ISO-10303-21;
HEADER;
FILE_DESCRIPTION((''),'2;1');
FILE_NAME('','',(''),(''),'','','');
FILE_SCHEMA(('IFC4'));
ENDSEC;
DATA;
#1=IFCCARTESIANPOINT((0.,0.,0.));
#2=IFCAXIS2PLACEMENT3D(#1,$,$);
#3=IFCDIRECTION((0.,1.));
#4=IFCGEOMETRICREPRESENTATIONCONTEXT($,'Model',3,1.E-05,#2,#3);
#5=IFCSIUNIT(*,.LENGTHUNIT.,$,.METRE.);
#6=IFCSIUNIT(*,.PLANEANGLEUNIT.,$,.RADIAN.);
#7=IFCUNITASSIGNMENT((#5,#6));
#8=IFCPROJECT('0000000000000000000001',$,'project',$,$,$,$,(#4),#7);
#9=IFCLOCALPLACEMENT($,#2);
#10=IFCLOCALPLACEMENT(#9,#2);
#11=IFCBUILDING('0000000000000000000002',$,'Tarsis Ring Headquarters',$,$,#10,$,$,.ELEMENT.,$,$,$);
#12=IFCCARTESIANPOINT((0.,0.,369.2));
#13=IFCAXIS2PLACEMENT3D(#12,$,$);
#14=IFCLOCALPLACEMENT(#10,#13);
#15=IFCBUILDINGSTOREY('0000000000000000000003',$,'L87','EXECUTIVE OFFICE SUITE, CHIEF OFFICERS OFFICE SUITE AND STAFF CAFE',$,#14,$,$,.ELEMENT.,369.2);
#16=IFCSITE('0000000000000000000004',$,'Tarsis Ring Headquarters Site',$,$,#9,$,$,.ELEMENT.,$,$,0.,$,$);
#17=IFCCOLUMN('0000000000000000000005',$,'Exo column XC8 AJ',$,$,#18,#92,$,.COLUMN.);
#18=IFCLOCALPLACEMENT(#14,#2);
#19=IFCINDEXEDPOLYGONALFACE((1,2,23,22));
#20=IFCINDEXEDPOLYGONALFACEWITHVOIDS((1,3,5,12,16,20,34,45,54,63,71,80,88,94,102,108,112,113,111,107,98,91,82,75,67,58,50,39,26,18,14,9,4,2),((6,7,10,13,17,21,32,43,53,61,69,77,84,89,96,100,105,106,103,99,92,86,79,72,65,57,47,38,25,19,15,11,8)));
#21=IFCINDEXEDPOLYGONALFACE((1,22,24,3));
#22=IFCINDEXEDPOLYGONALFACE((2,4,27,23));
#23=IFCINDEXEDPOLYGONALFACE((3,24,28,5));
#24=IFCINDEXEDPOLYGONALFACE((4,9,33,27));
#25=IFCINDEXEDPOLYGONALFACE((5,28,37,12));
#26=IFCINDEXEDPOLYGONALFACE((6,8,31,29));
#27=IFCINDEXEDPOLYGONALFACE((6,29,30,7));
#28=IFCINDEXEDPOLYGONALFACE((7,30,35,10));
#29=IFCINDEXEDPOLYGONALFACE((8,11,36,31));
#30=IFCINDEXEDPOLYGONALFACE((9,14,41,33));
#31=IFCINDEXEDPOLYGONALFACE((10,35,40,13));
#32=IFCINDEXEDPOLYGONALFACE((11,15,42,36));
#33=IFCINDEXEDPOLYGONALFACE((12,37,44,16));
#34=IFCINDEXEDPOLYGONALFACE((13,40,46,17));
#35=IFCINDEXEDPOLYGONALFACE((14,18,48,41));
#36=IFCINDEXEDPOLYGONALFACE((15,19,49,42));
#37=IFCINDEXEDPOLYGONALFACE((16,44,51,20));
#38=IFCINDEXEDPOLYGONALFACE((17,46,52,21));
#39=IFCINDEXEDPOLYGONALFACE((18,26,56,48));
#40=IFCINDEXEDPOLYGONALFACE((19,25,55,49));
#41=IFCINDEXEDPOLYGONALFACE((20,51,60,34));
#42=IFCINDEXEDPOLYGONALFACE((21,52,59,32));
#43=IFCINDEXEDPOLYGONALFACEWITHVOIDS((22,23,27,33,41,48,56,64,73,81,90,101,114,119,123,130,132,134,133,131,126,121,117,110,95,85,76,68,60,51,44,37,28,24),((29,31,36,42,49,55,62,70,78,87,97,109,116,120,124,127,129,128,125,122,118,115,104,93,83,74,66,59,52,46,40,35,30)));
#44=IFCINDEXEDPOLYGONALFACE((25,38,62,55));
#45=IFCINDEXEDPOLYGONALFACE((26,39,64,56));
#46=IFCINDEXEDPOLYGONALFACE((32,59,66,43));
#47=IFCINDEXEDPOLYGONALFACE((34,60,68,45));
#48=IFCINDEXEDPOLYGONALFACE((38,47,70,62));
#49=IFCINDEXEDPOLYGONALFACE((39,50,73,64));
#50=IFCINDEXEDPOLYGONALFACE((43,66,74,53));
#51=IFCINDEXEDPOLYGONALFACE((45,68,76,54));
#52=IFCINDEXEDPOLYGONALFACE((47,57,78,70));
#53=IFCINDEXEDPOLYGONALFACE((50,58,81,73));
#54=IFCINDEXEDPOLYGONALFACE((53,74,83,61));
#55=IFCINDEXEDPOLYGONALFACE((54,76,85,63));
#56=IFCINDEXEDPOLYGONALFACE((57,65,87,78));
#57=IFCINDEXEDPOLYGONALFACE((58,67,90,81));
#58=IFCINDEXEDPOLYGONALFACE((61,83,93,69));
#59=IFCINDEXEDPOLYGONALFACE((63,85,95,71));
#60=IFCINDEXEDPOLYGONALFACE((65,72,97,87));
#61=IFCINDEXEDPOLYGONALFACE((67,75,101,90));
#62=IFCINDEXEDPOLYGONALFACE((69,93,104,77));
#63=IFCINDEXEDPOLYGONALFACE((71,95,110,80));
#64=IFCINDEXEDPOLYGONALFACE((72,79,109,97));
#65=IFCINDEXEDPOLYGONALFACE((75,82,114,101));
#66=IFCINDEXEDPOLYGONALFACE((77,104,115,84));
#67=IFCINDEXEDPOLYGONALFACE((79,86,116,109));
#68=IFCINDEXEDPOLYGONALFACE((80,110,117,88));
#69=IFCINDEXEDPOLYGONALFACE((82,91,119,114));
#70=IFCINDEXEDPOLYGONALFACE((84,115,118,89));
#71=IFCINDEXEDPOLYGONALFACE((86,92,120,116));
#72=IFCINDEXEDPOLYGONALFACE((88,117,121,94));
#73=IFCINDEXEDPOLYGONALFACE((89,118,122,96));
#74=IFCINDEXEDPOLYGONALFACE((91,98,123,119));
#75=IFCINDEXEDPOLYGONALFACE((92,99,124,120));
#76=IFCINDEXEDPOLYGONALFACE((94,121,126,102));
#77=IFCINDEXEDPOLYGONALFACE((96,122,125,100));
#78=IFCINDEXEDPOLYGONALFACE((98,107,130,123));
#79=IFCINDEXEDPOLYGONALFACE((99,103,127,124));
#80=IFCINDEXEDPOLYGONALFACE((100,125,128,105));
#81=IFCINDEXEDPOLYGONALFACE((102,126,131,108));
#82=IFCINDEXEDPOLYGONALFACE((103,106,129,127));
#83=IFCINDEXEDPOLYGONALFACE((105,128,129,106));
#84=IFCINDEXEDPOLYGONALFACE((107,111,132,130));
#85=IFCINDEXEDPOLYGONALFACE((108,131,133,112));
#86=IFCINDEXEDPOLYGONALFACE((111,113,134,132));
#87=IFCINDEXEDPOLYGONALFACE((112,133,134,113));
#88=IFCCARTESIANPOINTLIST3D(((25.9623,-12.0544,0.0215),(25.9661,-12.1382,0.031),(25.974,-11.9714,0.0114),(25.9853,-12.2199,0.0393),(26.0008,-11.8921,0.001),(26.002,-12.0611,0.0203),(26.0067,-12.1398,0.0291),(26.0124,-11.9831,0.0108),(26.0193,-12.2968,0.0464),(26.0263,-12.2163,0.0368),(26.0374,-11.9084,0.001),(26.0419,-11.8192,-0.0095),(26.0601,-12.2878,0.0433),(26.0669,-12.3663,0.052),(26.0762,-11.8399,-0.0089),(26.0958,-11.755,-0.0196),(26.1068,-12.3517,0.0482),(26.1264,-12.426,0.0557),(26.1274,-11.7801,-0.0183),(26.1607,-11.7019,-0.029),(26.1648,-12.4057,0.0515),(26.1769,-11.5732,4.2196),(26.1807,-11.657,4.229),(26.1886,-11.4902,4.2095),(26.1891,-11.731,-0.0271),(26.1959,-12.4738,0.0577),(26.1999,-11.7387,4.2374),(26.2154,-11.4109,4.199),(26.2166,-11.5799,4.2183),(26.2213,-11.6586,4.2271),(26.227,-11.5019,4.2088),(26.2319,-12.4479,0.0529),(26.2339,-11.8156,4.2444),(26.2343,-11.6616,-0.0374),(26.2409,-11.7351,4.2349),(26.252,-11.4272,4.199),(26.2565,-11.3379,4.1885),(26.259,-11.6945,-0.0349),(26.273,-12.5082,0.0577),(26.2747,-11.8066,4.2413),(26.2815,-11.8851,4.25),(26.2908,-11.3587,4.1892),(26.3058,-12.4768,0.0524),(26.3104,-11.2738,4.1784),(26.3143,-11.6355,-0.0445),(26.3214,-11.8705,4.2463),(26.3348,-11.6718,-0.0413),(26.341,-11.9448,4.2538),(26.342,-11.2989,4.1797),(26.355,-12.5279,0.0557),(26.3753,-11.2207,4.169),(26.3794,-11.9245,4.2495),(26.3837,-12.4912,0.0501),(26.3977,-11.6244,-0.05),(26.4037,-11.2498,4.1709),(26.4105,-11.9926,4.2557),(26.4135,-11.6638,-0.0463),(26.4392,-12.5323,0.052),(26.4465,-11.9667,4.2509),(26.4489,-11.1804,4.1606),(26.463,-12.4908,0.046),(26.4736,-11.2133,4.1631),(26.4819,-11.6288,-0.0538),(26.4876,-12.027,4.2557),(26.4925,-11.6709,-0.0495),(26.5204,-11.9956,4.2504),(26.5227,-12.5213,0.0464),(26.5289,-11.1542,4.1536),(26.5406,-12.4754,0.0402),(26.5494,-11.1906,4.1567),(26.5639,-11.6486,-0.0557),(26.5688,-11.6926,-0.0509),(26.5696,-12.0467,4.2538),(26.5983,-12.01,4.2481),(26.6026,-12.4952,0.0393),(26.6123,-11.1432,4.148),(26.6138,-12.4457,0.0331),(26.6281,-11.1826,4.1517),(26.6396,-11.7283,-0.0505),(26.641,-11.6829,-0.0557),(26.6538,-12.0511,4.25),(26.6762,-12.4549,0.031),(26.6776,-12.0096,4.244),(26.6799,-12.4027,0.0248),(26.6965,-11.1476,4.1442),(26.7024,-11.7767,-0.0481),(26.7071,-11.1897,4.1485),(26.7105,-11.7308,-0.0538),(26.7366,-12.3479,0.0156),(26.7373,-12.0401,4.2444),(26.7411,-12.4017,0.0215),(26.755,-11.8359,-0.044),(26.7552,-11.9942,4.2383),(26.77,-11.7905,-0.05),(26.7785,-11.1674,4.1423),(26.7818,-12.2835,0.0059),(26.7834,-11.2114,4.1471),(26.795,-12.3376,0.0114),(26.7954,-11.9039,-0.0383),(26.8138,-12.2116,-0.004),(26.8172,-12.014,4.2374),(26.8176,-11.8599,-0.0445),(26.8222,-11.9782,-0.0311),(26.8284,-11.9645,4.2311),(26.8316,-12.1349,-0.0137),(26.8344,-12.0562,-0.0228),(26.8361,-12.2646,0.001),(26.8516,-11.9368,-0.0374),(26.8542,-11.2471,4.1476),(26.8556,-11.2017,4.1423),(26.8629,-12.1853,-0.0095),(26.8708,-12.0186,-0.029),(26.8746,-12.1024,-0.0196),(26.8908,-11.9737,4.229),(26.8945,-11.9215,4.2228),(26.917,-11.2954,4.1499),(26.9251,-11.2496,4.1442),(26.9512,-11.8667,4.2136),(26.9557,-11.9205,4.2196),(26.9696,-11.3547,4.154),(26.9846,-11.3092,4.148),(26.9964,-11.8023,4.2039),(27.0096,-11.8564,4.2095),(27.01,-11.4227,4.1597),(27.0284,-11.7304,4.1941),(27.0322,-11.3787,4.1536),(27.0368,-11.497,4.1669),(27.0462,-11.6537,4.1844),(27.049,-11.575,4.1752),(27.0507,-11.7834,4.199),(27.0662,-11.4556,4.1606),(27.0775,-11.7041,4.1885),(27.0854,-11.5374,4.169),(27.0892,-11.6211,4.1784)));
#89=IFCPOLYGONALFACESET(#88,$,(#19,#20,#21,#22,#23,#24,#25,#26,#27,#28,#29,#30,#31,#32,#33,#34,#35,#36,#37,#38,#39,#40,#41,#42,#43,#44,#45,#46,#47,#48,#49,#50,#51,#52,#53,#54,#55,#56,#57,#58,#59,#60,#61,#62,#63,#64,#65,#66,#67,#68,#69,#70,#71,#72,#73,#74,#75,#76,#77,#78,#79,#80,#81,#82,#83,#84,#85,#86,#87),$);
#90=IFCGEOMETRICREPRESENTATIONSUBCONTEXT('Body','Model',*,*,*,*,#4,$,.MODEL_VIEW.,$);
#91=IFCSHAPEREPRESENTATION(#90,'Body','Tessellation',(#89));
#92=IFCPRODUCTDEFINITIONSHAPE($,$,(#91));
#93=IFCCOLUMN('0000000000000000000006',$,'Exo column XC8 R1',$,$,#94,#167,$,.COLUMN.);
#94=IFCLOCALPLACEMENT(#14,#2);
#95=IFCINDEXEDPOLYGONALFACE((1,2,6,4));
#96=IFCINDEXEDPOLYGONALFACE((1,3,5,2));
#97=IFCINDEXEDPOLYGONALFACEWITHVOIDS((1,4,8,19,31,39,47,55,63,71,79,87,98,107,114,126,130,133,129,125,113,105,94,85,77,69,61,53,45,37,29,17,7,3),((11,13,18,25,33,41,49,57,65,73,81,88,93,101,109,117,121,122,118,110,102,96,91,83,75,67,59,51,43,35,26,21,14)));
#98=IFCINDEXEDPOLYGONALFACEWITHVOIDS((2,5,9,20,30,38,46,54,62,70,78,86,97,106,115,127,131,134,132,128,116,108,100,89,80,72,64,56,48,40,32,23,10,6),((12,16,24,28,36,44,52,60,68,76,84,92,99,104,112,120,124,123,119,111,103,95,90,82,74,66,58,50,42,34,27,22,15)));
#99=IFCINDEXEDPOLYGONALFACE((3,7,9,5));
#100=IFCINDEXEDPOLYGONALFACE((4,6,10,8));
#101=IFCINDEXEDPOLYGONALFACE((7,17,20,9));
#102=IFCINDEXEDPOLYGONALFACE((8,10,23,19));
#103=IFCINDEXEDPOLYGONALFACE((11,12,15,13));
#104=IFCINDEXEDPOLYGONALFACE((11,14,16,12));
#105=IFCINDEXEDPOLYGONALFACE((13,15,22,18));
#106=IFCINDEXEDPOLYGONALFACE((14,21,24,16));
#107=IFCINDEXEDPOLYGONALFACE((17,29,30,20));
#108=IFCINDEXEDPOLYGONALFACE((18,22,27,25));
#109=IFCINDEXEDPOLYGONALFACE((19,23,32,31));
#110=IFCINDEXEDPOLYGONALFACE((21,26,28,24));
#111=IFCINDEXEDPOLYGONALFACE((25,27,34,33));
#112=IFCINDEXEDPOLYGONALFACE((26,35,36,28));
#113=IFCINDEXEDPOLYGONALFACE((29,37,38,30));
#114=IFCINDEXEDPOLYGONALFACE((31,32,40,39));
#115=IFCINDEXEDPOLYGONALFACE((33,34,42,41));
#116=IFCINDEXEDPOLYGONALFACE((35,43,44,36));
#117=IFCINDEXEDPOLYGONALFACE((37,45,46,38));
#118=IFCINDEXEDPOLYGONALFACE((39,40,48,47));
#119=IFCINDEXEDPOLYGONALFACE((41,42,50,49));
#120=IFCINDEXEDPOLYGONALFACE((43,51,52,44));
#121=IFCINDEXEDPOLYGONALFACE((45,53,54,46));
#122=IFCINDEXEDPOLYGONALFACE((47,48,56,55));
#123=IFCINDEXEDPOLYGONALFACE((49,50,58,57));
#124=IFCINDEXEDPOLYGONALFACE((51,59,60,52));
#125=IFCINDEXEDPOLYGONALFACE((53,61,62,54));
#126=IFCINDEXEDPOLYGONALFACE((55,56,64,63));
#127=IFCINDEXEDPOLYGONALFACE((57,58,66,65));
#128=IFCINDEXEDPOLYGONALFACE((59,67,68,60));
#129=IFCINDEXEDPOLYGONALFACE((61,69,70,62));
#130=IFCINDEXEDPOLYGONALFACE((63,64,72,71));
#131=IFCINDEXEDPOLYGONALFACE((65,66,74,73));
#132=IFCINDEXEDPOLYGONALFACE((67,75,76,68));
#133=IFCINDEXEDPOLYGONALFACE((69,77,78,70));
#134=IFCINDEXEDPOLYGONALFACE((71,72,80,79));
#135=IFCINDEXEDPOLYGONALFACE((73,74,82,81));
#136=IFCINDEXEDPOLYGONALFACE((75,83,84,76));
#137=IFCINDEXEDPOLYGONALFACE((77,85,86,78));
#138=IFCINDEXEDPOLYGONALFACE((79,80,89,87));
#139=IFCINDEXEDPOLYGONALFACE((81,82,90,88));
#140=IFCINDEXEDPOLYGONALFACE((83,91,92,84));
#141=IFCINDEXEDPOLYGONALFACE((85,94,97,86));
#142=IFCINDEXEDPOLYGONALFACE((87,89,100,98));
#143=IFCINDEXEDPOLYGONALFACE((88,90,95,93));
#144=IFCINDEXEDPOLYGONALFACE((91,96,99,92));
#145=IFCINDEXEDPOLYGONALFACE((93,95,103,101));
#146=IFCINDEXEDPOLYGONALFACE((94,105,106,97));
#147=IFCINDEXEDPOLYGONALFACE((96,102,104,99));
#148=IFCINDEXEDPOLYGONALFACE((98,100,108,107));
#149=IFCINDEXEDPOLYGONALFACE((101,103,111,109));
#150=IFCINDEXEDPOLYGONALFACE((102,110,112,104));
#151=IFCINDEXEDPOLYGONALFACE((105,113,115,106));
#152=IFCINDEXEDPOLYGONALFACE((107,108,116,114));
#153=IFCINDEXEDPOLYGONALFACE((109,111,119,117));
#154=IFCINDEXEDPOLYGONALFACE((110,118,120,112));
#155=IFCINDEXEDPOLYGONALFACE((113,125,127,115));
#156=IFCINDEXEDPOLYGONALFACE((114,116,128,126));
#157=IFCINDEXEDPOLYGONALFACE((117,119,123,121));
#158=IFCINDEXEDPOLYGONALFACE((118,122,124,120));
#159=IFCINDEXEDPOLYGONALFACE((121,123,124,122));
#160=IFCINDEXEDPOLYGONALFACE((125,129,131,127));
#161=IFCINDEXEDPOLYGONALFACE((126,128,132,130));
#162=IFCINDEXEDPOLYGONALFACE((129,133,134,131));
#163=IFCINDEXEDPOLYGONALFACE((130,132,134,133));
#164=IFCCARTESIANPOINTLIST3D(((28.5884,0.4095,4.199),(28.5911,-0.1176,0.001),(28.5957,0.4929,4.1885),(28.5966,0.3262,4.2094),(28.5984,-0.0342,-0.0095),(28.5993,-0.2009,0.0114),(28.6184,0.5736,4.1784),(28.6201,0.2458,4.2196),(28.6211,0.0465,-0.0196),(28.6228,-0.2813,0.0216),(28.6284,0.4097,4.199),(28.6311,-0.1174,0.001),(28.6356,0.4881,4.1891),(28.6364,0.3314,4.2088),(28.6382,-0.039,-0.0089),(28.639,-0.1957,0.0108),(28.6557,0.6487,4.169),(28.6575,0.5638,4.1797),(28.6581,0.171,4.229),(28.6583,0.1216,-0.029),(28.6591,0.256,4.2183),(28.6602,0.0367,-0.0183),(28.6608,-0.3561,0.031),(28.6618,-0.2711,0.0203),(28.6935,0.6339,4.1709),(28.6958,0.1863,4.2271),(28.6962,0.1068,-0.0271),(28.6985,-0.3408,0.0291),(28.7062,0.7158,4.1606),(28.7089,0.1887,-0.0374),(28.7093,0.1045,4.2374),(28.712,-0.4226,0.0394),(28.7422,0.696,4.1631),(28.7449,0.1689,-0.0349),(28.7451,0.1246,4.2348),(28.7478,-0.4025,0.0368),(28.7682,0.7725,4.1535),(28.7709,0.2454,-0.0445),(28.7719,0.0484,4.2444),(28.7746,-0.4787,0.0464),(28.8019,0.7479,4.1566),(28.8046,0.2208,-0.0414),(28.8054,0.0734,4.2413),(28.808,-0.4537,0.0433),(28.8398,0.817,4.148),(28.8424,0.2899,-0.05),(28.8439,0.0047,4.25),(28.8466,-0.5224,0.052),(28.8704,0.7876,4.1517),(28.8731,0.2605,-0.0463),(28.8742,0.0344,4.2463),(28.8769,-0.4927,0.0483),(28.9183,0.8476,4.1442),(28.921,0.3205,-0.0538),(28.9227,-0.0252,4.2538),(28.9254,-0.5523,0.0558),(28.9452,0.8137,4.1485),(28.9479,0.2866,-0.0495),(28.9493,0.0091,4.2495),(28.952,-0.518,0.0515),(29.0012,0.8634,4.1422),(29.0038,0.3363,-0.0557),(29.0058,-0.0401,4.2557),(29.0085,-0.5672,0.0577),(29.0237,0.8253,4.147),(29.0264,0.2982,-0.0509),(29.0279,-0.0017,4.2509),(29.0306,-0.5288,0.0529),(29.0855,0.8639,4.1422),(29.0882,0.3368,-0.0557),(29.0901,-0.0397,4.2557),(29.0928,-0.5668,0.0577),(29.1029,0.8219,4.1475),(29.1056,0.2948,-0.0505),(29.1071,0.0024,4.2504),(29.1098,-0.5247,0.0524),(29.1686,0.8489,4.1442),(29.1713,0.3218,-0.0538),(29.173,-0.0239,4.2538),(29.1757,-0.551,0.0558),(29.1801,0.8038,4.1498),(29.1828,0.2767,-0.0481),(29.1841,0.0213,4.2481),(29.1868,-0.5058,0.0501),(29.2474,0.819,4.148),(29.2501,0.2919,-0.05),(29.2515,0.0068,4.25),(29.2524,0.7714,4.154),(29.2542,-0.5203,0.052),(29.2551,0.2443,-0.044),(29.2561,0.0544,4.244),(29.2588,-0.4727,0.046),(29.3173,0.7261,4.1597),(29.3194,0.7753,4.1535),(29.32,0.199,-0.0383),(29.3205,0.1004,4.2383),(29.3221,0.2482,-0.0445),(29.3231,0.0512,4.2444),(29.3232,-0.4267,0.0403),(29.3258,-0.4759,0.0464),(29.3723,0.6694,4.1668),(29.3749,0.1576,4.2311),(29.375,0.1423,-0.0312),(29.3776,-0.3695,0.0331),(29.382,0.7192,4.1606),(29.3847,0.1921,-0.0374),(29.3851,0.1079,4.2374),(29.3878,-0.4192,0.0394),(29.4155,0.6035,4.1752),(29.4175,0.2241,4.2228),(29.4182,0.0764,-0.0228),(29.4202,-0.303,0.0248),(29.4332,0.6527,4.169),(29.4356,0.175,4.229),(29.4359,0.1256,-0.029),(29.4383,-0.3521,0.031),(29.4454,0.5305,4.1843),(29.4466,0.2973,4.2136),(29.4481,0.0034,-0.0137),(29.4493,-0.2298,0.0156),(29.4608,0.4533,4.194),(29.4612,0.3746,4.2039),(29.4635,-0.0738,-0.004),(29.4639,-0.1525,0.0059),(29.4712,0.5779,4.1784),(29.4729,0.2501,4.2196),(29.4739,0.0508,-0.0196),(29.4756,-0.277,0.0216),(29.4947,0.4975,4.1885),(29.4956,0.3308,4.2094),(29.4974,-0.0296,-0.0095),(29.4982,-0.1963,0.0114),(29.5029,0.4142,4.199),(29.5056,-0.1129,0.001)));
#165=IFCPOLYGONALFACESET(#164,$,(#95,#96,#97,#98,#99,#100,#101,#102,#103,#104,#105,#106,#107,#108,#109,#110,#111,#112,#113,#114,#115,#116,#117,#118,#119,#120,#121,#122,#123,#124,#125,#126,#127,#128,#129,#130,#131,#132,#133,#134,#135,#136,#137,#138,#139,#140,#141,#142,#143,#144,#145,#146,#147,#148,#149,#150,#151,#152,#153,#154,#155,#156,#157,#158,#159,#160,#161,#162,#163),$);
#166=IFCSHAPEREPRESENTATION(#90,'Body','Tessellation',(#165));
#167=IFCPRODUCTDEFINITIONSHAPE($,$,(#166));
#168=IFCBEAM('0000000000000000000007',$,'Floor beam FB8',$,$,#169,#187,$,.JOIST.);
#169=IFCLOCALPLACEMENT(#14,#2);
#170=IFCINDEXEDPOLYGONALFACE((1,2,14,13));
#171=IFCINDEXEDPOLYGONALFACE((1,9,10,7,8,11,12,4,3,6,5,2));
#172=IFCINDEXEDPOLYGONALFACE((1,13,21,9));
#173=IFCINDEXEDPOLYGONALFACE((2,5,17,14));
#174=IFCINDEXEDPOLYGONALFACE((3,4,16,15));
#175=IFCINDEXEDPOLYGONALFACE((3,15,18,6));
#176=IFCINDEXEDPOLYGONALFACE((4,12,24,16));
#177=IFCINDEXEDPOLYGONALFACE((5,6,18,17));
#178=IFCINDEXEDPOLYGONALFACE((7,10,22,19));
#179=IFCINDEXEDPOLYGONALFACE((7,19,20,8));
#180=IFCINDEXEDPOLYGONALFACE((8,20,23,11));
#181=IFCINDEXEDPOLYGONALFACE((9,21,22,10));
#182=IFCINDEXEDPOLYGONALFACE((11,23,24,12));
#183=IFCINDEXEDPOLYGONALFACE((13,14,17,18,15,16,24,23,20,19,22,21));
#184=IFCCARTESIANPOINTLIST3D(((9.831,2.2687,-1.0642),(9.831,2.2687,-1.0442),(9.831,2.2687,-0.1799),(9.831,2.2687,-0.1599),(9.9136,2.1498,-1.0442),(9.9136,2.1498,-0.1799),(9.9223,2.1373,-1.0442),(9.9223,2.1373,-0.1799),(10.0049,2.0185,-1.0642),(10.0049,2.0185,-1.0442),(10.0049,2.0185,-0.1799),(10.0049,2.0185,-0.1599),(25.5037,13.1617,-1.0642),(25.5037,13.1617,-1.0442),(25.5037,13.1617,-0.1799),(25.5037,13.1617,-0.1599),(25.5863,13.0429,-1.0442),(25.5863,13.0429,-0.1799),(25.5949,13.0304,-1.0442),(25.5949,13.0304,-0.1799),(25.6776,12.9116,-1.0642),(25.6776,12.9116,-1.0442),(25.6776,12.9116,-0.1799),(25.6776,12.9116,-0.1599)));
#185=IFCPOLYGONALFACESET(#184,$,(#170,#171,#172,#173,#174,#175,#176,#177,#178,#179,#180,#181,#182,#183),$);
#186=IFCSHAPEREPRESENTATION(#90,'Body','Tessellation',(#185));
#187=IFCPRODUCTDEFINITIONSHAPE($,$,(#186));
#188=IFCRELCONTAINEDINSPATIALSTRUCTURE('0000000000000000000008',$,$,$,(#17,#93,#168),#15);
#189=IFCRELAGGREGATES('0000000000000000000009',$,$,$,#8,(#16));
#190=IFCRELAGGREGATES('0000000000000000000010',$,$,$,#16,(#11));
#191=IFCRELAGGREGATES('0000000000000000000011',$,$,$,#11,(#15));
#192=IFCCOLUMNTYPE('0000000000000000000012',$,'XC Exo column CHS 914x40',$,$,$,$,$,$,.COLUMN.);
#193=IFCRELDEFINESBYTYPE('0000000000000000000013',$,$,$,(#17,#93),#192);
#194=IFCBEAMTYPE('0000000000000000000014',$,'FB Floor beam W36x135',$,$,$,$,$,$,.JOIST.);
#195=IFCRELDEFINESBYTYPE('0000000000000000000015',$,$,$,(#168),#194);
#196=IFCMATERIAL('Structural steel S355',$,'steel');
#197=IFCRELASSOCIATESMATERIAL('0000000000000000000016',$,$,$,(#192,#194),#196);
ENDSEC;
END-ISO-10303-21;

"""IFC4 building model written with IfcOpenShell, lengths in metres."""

from ifc_helpers import new_model, si_unit, direction, frame, origin, origin_2d, place, context, subcontext, project, spatial, hollow_circle, i_section, extrude, material, material_profile, profile_set, type_object, element, save


model = new_model("IFC4")

# Units and contexts
model_context = context("Model", 3, precision=1e-05, world=origin(), true_north=direction((0.0, 1.0)))
body_context = subcontext(model_context, "Body", "Model", "MODEL_VIEW")
ifc_project = project(units=[si_unit("LENGTHUNIT", "METRE"), si_unit("PLANEANGLEUNIT", "RADIAN")], contexts=[model_context])

# Site, building, storey
site_placement = place(None, origin())
site = spatial("IfcSite", under=ifc_project, at=site_placement, Name="Tarsis Ring Headquarters Site", CompositionType="ELEMENT", RefElevation=0.0)
building_placement = place(site_placement, origin())
building = spatial("IfcBuilding", under=site, at=building_placement, Name="Tarsis Ring Headquarters", CompositionType="ELEMENT")
storey_placement = place(building_placement, frame((0.0, 0.0, 369.2)))
storey = spatial("IfcBuildingStorey", under=building, at=storey_placement, Name="L87", Description="EXECUTIVE OFFICE SUITE, CHIEF OFFICERS OFFICE SUITE AND STAFF CAFE", CompositionType="ELEMENT", Elevation=369.2)

# Columns
ifc_material_1 = material(Name="Structural steel S355", Category="steel")
ifc_material_profile_1 = material_profile(ifc_material_1, hollow_circle(Radius=0.457, WallThickness=0.04, at=origin_2d()), Name="CHS 914x40")
ifc_profile_set_1 = profile_set([ifc_material_profile_1], Name="Structural steel S355")
column_type = type_object("IfcColumnType", Name="XC Exo column CHS 914x40", PredefinedType="COLUMN", material=ifc_profile_set_1)
for number, where, z_axis, x_axis, name in (
    (1, (26.4185, -12.0784, 0.001), (0.050722, 0.113734, 0.992216), (-0.913295, 0.407299, 0.0), "Exo column XC8 AJ"),
    (2, (29.0483, -0.1152, 0.001), (-0.000635, 0.124582, 0.992209), (-0.999987, -0.005095, 0.0), "Exo column XC8 R1"),
):
    element("IfcColumn", number, at=place(storey_placement, frame(where, z_axis=z_axis, x_axis=x_axis)), inside=storey, type_object=column_type, Name=name, PredefinedType="COLUMN", context=body_context, shape_type="SweptSolid", body=[
        extrude(hollow_circle(Radius=0.4573, WallThickness=0.04, at=origin_2d()), origin(), (0.0, 0.0, 1.0), 4.231),
    ])

# Beam
ifc_material_profile_2 = material_profile(ifc_material_1, i_section(OverallWidth=0.3047, OverallDepth=0.9043, WebThickness=0.0151, FlangeThickness=0.02, at=origin_2d()), Name="W36x135")
ifc_profile_set_2 = profile_set([ifc_material_profile_2], Name="Structural steel S355")
beam_type_1 = type_object("IfcBeamType", Name="FB Floor beam W36x135", PredefinedType="JOIST", material=ifc_profile_set_2)
beam_1_placement = place(storey_placement, frame((9.918, 2.1436, -0.6121), z_axis=(0.821141, 0.570725, 0.0), x_axis=(-0.570725, 0.821141, 0.0)))
element("IfcBeam", 3, at=beam_1_placement, inside=storey, type_object=beam_type_1, Name="Floor beam FB8", PredefinedType="JOIST", context=body_context, shape_type="SweptSolid", body=[
    extrude(i_section(OverallWidth=0.3047, OverallDepth=0.9043, WebThickness=0.0151, FlangeThickness=0.02, at=origin_2d()), origin(), (0.0, 0.0, 1.0), 19.0864),
])

save(model, "model.ifc")
